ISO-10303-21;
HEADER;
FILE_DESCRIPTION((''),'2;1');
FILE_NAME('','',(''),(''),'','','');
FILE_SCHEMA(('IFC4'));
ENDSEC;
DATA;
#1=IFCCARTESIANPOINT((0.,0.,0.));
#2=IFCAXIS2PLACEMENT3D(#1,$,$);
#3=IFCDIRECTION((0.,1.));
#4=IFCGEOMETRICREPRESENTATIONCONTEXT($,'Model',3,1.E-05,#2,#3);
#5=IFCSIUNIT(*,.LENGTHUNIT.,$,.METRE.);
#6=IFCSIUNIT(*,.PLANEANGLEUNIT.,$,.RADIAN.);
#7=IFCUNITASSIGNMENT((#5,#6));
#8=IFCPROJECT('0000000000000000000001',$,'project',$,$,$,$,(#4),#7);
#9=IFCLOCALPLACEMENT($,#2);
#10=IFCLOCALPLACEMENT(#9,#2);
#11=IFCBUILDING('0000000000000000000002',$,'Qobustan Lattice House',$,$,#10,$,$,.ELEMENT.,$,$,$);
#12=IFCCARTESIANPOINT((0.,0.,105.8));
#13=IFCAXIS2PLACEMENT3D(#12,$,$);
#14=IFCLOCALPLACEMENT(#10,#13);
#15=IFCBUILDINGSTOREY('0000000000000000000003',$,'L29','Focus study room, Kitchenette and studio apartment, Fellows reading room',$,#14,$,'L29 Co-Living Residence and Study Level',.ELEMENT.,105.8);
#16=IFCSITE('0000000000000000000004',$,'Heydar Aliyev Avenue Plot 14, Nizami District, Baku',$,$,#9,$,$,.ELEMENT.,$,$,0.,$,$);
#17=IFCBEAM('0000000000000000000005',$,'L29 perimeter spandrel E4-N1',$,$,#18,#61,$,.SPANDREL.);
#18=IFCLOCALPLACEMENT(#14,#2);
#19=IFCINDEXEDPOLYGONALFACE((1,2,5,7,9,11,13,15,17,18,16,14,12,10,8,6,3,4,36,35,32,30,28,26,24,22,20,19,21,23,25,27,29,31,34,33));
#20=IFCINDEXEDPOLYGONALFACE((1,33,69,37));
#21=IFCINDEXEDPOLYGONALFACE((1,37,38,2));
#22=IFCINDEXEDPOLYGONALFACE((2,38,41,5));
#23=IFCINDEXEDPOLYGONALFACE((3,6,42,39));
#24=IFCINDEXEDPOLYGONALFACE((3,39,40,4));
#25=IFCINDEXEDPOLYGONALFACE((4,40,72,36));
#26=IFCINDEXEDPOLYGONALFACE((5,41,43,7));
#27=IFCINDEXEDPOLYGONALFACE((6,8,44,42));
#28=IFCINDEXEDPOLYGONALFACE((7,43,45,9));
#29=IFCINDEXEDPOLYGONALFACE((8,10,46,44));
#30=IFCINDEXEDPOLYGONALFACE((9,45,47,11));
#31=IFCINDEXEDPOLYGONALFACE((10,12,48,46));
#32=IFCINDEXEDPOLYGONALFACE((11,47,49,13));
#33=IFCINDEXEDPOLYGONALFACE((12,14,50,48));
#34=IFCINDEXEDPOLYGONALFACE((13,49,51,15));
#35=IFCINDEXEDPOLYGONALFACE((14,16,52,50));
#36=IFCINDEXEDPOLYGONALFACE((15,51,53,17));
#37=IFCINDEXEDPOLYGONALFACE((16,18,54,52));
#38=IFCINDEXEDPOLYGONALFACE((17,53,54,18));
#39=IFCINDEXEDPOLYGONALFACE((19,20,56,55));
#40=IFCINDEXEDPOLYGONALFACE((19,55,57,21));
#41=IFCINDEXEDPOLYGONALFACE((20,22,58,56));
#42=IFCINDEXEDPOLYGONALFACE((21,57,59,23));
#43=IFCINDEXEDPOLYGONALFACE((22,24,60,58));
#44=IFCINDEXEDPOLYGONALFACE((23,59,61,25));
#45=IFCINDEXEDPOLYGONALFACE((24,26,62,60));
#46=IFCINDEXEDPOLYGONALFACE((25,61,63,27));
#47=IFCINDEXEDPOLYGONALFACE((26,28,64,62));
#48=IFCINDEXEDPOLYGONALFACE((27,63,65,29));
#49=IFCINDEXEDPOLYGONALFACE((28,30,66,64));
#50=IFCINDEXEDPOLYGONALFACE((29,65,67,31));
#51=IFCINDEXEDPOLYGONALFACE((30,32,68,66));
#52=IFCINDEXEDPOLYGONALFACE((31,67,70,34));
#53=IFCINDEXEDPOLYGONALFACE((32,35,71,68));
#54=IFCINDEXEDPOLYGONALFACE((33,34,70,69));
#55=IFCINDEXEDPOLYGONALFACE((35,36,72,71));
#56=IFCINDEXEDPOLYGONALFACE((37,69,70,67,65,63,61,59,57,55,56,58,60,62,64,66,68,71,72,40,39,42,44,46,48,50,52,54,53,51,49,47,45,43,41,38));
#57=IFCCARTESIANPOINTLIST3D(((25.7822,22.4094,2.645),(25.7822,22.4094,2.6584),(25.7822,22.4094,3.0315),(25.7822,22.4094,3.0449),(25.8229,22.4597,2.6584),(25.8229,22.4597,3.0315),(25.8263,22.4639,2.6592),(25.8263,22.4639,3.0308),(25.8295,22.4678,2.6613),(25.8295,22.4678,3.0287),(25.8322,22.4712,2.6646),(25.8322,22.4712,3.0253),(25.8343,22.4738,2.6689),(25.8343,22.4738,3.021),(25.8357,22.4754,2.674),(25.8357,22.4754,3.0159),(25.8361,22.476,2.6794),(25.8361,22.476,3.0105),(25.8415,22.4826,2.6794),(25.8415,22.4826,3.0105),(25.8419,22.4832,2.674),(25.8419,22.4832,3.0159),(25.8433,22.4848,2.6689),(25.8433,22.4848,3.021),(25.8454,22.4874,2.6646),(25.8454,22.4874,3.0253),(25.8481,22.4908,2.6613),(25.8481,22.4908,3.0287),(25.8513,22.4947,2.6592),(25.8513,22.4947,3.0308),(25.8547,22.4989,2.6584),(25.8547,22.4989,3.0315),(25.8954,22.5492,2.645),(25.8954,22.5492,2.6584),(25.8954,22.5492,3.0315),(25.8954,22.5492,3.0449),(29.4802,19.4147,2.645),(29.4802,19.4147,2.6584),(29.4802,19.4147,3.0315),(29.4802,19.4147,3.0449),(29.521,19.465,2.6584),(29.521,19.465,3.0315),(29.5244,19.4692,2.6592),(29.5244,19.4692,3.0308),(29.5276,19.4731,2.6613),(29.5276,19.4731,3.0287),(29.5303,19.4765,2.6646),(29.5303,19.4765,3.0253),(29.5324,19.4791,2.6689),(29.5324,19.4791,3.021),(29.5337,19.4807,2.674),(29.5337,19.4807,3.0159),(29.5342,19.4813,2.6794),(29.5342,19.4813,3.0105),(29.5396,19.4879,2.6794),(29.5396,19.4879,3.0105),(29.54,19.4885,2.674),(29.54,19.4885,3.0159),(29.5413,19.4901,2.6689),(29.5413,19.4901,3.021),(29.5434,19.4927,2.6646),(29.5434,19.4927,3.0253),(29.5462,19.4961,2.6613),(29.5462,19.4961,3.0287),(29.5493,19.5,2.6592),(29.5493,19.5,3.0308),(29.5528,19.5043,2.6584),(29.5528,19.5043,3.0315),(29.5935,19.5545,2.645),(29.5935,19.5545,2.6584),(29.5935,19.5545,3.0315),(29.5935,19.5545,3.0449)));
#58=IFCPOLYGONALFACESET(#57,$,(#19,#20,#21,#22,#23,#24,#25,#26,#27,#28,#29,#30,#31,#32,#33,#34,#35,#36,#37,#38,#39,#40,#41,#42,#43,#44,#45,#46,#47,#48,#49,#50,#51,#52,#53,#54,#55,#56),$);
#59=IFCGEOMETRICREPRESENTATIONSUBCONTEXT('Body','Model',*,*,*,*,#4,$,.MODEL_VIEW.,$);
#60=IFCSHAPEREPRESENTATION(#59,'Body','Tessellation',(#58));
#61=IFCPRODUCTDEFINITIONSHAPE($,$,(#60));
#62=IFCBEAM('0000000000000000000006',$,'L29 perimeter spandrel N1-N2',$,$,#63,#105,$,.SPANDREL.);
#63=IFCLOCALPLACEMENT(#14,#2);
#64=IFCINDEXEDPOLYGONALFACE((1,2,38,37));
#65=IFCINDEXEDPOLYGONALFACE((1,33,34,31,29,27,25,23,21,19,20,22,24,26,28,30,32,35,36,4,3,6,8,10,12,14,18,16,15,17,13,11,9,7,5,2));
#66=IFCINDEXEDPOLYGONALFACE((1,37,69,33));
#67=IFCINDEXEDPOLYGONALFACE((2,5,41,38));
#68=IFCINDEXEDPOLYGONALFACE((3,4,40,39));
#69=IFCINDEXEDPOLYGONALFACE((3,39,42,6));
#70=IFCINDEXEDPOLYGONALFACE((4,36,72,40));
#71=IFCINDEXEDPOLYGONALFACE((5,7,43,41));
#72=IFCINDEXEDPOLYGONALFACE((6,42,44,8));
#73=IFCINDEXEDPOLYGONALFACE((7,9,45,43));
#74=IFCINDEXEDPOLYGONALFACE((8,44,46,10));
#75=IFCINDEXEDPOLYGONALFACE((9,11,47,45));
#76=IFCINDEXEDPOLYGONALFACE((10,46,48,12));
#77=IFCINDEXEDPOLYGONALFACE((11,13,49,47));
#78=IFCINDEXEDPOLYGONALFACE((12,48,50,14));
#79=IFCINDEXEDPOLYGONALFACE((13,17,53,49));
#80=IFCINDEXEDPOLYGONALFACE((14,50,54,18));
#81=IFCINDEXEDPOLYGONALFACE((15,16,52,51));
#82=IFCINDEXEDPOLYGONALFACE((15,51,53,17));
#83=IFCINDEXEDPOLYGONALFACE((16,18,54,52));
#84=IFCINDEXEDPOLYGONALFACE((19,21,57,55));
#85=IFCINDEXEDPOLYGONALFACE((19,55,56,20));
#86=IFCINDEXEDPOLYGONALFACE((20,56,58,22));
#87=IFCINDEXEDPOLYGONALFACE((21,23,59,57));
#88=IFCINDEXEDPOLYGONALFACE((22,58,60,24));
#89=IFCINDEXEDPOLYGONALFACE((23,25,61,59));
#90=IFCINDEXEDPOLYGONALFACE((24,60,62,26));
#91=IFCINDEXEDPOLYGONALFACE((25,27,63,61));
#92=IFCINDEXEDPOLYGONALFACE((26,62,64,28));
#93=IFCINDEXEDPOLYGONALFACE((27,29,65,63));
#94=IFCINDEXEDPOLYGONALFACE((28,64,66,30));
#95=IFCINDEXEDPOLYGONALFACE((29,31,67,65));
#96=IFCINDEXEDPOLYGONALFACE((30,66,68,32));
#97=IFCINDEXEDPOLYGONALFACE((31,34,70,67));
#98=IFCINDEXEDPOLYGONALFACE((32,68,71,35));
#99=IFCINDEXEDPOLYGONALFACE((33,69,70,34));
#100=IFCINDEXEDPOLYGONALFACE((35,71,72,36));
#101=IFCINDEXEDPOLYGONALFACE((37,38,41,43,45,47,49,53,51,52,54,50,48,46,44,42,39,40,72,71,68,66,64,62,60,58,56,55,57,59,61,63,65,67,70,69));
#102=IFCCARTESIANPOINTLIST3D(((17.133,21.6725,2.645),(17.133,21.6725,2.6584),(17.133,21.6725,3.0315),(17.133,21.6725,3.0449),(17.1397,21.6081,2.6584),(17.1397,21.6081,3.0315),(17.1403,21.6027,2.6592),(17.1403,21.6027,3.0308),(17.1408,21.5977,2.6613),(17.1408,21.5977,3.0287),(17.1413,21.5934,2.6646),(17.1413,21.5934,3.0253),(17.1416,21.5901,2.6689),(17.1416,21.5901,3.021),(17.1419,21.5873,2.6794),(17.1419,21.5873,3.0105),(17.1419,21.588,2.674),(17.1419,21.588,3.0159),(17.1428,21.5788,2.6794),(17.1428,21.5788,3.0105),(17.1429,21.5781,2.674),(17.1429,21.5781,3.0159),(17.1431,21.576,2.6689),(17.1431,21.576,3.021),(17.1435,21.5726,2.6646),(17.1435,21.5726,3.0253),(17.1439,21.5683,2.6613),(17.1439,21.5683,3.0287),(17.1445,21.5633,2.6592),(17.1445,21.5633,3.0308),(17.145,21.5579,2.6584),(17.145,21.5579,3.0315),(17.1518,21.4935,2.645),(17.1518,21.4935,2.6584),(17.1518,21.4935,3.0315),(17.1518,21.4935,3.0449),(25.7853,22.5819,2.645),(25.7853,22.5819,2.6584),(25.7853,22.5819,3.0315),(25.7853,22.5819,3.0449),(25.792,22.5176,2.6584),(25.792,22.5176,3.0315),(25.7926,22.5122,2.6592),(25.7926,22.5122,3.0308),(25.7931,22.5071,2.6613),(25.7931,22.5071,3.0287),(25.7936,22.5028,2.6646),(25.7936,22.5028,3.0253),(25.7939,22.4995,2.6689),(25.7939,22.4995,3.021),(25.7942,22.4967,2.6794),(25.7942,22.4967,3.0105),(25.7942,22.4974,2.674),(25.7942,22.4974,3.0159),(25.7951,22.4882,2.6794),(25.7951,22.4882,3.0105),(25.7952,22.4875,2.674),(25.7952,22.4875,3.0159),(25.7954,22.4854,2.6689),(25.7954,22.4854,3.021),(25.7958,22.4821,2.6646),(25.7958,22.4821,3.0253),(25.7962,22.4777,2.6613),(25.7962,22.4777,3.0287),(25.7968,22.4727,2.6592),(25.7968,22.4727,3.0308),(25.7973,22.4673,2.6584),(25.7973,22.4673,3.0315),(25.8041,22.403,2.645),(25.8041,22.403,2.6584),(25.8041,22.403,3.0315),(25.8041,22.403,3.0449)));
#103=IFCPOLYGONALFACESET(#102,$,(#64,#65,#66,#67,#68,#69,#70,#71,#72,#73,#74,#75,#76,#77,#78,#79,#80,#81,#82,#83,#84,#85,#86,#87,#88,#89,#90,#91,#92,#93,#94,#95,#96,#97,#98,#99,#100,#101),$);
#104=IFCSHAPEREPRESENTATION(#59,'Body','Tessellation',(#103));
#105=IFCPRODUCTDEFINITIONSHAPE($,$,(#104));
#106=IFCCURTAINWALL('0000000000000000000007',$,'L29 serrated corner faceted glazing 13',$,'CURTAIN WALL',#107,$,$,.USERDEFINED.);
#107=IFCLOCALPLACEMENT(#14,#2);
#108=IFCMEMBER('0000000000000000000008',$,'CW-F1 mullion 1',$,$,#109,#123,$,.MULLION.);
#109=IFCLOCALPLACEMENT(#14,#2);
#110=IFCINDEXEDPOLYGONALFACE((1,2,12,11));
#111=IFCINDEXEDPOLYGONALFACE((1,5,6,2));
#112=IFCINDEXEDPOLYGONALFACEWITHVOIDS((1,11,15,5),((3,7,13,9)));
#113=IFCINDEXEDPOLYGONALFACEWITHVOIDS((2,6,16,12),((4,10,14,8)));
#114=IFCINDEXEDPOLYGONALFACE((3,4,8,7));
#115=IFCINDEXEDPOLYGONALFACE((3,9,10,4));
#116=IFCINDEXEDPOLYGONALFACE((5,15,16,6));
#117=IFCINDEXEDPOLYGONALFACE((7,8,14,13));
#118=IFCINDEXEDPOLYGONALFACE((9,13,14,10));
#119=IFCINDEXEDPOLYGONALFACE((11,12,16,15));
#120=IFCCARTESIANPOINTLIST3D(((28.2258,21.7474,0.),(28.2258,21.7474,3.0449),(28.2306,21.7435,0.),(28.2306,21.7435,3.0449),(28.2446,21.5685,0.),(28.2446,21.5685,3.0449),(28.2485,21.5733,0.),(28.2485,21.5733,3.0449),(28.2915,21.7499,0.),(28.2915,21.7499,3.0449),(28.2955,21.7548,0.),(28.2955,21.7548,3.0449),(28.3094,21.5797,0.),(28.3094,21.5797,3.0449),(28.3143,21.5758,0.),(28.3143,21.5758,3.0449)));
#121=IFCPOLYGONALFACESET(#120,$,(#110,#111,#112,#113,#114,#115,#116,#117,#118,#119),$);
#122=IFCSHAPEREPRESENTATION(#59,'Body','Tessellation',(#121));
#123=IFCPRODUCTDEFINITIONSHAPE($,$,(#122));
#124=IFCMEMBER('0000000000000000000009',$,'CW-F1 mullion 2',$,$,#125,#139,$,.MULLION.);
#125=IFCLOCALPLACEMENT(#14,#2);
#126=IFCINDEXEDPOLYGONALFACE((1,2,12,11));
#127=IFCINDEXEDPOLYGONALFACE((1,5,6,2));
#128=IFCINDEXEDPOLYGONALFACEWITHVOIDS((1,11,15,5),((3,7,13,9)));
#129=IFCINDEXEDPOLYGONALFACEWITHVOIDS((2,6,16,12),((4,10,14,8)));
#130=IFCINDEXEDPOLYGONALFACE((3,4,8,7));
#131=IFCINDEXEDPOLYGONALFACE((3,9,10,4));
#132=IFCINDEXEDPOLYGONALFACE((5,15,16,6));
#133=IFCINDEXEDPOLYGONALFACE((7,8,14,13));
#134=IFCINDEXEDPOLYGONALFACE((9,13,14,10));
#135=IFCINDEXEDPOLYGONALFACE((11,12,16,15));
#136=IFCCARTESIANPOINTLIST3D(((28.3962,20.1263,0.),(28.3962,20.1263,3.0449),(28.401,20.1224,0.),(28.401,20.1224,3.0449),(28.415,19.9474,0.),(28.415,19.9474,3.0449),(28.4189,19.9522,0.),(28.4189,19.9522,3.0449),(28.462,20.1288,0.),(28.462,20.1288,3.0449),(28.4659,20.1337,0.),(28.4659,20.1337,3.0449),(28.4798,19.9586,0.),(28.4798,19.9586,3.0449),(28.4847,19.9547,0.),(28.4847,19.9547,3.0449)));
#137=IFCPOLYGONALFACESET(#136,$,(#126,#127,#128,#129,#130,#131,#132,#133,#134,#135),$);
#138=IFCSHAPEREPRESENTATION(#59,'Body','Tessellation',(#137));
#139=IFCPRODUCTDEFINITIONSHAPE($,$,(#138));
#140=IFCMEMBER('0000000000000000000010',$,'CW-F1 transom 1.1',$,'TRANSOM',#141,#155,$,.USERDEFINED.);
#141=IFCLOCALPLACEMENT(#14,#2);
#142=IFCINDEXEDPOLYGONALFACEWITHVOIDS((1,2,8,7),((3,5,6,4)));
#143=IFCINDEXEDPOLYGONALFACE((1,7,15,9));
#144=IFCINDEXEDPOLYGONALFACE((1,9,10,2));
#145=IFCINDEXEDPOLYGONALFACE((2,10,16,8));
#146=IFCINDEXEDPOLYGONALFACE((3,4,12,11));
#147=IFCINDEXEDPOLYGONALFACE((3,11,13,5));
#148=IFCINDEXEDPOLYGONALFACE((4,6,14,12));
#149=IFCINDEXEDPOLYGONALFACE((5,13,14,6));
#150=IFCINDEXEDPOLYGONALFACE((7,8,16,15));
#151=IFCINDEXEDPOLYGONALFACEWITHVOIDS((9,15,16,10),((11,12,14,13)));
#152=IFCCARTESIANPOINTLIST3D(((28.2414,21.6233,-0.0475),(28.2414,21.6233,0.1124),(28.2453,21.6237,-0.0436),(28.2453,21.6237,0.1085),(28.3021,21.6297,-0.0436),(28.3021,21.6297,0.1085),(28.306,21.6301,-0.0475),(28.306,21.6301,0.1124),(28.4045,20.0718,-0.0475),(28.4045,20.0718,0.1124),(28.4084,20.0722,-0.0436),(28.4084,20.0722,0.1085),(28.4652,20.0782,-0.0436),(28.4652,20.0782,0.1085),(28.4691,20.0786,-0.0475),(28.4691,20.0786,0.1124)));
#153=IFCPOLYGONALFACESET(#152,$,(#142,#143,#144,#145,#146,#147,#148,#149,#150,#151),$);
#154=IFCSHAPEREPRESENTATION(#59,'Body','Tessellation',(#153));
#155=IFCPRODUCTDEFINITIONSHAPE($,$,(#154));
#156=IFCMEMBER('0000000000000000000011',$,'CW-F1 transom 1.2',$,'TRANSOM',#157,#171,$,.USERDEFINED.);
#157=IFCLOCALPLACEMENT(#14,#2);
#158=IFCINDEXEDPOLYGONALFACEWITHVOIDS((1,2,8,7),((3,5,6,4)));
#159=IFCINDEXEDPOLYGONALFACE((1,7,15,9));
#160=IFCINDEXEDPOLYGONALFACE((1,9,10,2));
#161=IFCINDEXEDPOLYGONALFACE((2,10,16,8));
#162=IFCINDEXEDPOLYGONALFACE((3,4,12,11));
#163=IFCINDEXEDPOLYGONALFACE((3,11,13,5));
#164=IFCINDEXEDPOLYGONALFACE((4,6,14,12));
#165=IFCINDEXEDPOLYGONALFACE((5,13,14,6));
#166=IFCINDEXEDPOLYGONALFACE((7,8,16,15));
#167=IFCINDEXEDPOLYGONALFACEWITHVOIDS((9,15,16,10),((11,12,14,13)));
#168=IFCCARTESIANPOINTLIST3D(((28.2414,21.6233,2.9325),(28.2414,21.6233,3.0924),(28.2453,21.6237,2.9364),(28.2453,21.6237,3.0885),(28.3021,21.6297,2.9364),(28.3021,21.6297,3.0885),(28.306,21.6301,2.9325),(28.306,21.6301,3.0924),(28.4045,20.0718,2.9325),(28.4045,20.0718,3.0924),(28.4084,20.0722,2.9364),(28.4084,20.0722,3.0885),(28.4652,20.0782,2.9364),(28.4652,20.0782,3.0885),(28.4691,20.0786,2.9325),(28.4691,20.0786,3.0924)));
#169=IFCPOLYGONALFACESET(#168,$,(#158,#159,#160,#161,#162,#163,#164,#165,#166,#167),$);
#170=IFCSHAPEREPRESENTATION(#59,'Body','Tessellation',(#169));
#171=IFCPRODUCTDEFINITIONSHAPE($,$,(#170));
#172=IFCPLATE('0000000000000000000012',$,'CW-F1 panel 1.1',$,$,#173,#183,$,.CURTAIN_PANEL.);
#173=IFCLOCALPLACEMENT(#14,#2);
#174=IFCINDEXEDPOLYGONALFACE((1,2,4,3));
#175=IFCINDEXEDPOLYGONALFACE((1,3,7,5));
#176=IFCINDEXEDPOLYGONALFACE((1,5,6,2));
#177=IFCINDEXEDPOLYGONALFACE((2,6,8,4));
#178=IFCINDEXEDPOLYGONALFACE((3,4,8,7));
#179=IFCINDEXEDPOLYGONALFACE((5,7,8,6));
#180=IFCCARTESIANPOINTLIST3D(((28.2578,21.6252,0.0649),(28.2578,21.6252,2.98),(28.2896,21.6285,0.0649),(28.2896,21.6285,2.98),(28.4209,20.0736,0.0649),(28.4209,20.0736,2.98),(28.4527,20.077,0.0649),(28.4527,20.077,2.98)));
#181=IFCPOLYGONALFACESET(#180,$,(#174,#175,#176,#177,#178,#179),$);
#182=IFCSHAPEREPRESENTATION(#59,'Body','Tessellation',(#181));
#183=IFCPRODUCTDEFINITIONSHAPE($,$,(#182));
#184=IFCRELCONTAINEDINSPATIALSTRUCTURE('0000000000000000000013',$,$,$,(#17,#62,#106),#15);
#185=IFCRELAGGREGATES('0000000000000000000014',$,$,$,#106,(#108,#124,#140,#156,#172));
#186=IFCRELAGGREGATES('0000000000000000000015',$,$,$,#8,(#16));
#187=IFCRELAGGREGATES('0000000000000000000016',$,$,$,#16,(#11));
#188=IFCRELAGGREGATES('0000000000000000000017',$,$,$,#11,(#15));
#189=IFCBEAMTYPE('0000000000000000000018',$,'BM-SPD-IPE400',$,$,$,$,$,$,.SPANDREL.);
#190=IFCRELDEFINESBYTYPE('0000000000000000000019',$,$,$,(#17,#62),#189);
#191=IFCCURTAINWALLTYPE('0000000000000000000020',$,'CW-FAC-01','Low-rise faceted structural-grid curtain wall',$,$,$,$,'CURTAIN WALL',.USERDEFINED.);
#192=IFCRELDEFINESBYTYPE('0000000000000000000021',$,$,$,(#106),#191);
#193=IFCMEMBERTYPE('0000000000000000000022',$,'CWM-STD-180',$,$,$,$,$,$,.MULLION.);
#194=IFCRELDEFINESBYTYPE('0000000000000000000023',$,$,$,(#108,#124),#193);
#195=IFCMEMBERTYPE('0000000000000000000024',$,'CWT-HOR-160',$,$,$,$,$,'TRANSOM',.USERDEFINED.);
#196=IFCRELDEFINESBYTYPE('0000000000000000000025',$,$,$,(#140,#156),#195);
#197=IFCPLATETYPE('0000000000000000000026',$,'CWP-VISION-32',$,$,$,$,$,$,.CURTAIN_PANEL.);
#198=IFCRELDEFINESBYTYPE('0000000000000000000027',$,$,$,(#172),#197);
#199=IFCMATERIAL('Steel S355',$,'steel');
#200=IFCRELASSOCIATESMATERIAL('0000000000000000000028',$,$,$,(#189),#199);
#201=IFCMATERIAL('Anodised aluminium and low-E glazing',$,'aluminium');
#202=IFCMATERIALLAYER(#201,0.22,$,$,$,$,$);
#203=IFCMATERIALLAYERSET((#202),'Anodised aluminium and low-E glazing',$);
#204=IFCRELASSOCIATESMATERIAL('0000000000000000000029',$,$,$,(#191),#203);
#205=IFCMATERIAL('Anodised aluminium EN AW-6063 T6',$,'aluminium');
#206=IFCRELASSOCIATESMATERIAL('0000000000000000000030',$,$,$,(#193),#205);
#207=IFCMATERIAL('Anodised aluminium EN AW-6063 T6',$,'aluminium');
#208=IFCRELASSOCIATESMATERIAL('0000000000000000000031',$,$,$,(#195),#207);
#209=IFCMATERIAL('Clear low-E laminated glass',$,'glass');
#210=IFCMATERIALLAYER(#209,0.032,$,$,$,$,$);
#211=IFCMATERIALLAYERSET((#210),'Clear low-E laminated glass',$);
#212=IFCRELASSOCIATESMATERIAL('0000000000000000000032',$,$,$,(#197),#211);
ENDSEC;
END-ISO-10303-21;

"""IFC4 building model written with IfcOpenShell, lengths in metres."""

from ifc_helpers import new_model, si_unit, direction, frame, origin, origin_2d, place, context, subcontext, project, spatial, rectangle, hollow_rectangle, i_section, extrude, material, layer, layer_set, material_profile, profile_set, type_object, element, aggregate, save


model = new_model("IFC4")

# Units and contexts
model_context = context("Model", 3, precision=1e-05, world=origin(), true_north=direction((0.0, 1.0)))
body_context = subcontext(model_context, "Body", "Model", "MODEL_VIEW")
ifc_project = project(units=[si_unit("LENGTHUNIT", "METRE"), si_unit("PLANEANGLEUNIT", "RADIAN")], contexts=[model_context])

# Site, building, storey
site_placement = place(None, origin())
site = spatial("IfcSite", under=ifc_project, at=site_placement, Name="Heydar Aliyev Avenue Plot 14, Nizami District, Baku", CompositionType="ELEMENT", RefElevation=0.0)
building_placement = place(site_placement, origin())
building = spatial("IfcBuilding", under=site, at=building_placement, Name="Qobustan Lattice House", CompositionType="ELEMENT")
storey_placement = place(building_placement, frame((0.0, 0.0, 105.8)))
storey = spatial("IfcBuildingStorey", under=building, at=storey_placement, Name="L29", Description="Focus study room, Kitchenette and studio apartment, Fellows reading room", LongName="L29 Co-Living Residence and Study Level", CompositionType="ELEMENT", Elevation=105.8)

# Beams
ifc_material_1 = material(Name="Steel S355", Category="steel")
ifc_material_profile_1 = material_profile(ifc_material_1, i_section(OverallWidth=0.1799, OverallDepth=0.3999, WebThickness=0.0085, FlangeThickness=0.0134, FilletRadius=0.021, at=origin_2d()), Name="IPE400")
ifc_profile_set_1 = profile_set([ifc_material_profile_1], Name="Steel S355")
beam_type_1 = type_object("IfcBeamType", Name="BM-SPD-IPE400", PredefinedType="SPANDREL", material=ifc_profile_set_1)
beam_1_placement = place(storey_placement, frame((29.5369, 19.4846, 2.845), z_axis=(-0.777141, 0.629327, 0.0), x_axis=(-0.629327, -0.777141, 0.0)))
element("IfcBeam", 1, at=beam_1_placement, inside=storey, type_object=beam_type_1, Name="L29 perimeter spandrel E4-N1", PredefinedType="SPANDREL", context=body_context, shape_type="SweptSolid", body=[
    extrude(i_section(OverallWidth=0.1799, OverallDepth=0.3999, WebThickness=0.0085, FlangeThickness=0.0134, FilletRadius=0.021, at=origin_2d()), origin(), (0.0, 0.0, 1.0), 4.7585),
])
beam_2_placement = place(storey_placement, frame((25.7947, 22.4924, 2.845), z_axis=(-0.994522, -0.104531, 0.0), x_axis=(0.104531, -0.994522, 0.0)))
element("IfcBeam", 2, at=beam_2_placement, inside=storey, type_object=beam_type_1, Name="L29 perimeter spandrel N1-N2", PredefinedType="SPANDREL", context=body_context, shape_type="SweptSolid", body=[
    extrude(i_section(OverallWidth=0.1799, OverallDepth=0.3999, WebThickness=0.0085, FlangeThickness=0.0134, FilletRadius=0.021, at=origin_2d()), origin(), (0.0, 0.0, 1.0), 8.7),
])

# Curtain wall, members, plate
ifc_material_2 = material(Name="Anodised aluminium and low-E glazing", Category="aluminium")
ifc_layer_1 = layer(ifc_material_2, 0.22)
ifc_layer_set_1 = layer_set([ifc_layer_1], Name="Anodised aluminium and low-E glazing")
curtain_wall_type = type_object("IfcCurtainWallType", Name="CW-FAC-01", Description="Low-rise faceted structural-grid curtain wall", ElementType="CURTAIN WALL", PredefinedType="USERDEFINED", material=ifc_layer_set_1)
curtain_wall_placement = place(storey_placement, origin())
curtain_wall = element("IfcCurtainWall", 3, at=curtain_wall_placement, inside=storey, type_object=curtain_wall_type, Name="L29 serrated corner faceted glazing 13", ObjectType="CURTAIN WALL", PredefinedType="USERDEFINED")
ifc_material_3 = material(Name="Anodised aluminium EN AW-6063 T6", Category="aluminium")
ifc_material_profile_2 = material_profile(ifc_material_3, hollow_rectangle(XDim=0.0701, YDim=0.1799, WallThickness=0.0044, at=origin_2d()), Name="CWM-180x70")
ifc_profile_set_2 = profile_set([ifc_material_profile_2], Name="Anodised aluminium EN AW-6063 T6")
member_type_1 = type_object("IfcMemberType", Name="CWM-STD-180", PredefinedType="MULLION", material=ifc_profile_set_2)
member_1_placement = place(storey_placement, frame((28.27, 21.6616, 0.0), z_axis=(0.0, 0.0, 1.0), x_axis=(0.994522, 0.104529, 0.0)))
member_1 = element("IfcMember", 4, at=member_1_placement, type_object=member_type_1, Name="CW-F1 mullion 1", PredefinedType="MULLION", context=body_context, shape_type="SweptSolid", body=[
    extrude(hollow_rectangle(XDim=0.0701, YDim=0.1799, WallThickness=0.0044, at=origin_2d()), origin(), (0.0, 0.0, 1.0), 3.0449),
])
member_2_placement = place(storey_placement, frame((28.4404, 20.0405, 0.0), z_axis=(0.0, 0.0, 1.0), x_axis=(0.994522, 0.104529, 0.0)))
member_2 = element("IfcMember", 5, at=member_2_placement, type_object=member_type_1, Name="CW-F1 mullion 2", PredefinedType="MULLION", context=body_context, shape_type="SweptSolid", body=[
    extrude(hollow_rectangle(XDim=0.0701, YDim=0.1799, WallThickness=0.0044, at=origin_2d()), origin(), (0.0, 0.0, 1.0), 3.0449),
])
ifc_material_4 = material(Name="Anodised aluminium EN AW-6063 T6", Category="aluminium")
ifc_material_profile_3 = material_profile(ifc_material_4, hollow_rectangle(XDim=0.0649, YDim=0.1599, WallThickness=0.0039, at=origin_2d()), Name="CWT-160x65")
ifc_profile_set_3 = profile_set([ifc_material_profile_3], Name="Anodised aluminium EN AW-6063 T6")
member_type_2 = type_object("IfcMemberType", Name="CWT-HOR-160", ElementType="TRANSOM", PredefinedType="USERDEFINED", material=ifc_profile_set_3)
member_3_placement = place(storey_placement, frame((28.2737, 21.6267, 0.0325), z_axis=(0.104538, -0.994521, 0.0), x_axis=(0.994521, 0.104538, 0.0)))
member_3 = element("IfcMember", 6, at=member_3_placement, type_object=member_type_2, Name="CW-F1 transom 1.1", ObjectType="TRANSOM", PredefinedType="USERDEFINED", context=body_context, shape_type="SweptSolid", body=[
    extrude(hollow_rectangle(XDim=0.0649, YDim=0.1599, WallThickness=0.0039, at=origin_2d()), origin(), (0.0, 0.0, 1.0), 1.5601),
])
member_4_placement = place(storey_placement, frame((28.2737, 21.6267, 3.0125), z_axis=(0.104538, -0.994521, 0.0), x_axis=(0.994521, 0.104538, 0.0)))
member_4 = element("IfcMember", 7, at=member_4_placement, type_object=member_type_2, Name="CW-F1 transom 1.2", ObjectType="TRANSOM", PredefinedType="USERDEFINED", context=body_context, shape_type="SweptSolid", body=[
    extrude(hollow_rectangle(XDim=0.0649, YDim=0.1599, WallThickness=0.0039, at=origin_2d()), origin(), (0.0, 0.0, 1.0), 1.5601),
])
ifc_material_5 = material(Name="Clear low-E laminated glass", Category="glass")
ifc_layer_2 = layer(ifc_material_5, 0.032)
ifc_layer_set_2 = layer_set([ifc_layer_2], Name="Clear low-E laminated glass")
plate_type_1 = type_object("IfcPlateType", Name="CWP-VISION-32", PredefinedType="CURTAIN_PANEL", material=ifc_layer_set_2)
plate_1_placement = place(storey_placement, frame((28.3552, 20.8511, 0.0649), z_axis=(0.0, 0.0, 1.0), x_axis=(0.104529, -0.994522, 0.0)))
plate_1 = element("IfcPlate", 8, at=plate_1_placement, type_object=plate_type_1, Name="CW-F1 panel 1.1", PredefinedType="CURTAIN_PANEL", context=body_context, shape_type="SweptSolid", body=[
    extrude(rectangle(XDim=1.5601, YDim=0.032, at=origin_2d()), origin(), (0.0, 0.0, 1.0), 2.915),
])
aggregate(curtain_wall, [member_1, member_2, member_3, member_4, plate_1])

save(model, "model.ifc")
